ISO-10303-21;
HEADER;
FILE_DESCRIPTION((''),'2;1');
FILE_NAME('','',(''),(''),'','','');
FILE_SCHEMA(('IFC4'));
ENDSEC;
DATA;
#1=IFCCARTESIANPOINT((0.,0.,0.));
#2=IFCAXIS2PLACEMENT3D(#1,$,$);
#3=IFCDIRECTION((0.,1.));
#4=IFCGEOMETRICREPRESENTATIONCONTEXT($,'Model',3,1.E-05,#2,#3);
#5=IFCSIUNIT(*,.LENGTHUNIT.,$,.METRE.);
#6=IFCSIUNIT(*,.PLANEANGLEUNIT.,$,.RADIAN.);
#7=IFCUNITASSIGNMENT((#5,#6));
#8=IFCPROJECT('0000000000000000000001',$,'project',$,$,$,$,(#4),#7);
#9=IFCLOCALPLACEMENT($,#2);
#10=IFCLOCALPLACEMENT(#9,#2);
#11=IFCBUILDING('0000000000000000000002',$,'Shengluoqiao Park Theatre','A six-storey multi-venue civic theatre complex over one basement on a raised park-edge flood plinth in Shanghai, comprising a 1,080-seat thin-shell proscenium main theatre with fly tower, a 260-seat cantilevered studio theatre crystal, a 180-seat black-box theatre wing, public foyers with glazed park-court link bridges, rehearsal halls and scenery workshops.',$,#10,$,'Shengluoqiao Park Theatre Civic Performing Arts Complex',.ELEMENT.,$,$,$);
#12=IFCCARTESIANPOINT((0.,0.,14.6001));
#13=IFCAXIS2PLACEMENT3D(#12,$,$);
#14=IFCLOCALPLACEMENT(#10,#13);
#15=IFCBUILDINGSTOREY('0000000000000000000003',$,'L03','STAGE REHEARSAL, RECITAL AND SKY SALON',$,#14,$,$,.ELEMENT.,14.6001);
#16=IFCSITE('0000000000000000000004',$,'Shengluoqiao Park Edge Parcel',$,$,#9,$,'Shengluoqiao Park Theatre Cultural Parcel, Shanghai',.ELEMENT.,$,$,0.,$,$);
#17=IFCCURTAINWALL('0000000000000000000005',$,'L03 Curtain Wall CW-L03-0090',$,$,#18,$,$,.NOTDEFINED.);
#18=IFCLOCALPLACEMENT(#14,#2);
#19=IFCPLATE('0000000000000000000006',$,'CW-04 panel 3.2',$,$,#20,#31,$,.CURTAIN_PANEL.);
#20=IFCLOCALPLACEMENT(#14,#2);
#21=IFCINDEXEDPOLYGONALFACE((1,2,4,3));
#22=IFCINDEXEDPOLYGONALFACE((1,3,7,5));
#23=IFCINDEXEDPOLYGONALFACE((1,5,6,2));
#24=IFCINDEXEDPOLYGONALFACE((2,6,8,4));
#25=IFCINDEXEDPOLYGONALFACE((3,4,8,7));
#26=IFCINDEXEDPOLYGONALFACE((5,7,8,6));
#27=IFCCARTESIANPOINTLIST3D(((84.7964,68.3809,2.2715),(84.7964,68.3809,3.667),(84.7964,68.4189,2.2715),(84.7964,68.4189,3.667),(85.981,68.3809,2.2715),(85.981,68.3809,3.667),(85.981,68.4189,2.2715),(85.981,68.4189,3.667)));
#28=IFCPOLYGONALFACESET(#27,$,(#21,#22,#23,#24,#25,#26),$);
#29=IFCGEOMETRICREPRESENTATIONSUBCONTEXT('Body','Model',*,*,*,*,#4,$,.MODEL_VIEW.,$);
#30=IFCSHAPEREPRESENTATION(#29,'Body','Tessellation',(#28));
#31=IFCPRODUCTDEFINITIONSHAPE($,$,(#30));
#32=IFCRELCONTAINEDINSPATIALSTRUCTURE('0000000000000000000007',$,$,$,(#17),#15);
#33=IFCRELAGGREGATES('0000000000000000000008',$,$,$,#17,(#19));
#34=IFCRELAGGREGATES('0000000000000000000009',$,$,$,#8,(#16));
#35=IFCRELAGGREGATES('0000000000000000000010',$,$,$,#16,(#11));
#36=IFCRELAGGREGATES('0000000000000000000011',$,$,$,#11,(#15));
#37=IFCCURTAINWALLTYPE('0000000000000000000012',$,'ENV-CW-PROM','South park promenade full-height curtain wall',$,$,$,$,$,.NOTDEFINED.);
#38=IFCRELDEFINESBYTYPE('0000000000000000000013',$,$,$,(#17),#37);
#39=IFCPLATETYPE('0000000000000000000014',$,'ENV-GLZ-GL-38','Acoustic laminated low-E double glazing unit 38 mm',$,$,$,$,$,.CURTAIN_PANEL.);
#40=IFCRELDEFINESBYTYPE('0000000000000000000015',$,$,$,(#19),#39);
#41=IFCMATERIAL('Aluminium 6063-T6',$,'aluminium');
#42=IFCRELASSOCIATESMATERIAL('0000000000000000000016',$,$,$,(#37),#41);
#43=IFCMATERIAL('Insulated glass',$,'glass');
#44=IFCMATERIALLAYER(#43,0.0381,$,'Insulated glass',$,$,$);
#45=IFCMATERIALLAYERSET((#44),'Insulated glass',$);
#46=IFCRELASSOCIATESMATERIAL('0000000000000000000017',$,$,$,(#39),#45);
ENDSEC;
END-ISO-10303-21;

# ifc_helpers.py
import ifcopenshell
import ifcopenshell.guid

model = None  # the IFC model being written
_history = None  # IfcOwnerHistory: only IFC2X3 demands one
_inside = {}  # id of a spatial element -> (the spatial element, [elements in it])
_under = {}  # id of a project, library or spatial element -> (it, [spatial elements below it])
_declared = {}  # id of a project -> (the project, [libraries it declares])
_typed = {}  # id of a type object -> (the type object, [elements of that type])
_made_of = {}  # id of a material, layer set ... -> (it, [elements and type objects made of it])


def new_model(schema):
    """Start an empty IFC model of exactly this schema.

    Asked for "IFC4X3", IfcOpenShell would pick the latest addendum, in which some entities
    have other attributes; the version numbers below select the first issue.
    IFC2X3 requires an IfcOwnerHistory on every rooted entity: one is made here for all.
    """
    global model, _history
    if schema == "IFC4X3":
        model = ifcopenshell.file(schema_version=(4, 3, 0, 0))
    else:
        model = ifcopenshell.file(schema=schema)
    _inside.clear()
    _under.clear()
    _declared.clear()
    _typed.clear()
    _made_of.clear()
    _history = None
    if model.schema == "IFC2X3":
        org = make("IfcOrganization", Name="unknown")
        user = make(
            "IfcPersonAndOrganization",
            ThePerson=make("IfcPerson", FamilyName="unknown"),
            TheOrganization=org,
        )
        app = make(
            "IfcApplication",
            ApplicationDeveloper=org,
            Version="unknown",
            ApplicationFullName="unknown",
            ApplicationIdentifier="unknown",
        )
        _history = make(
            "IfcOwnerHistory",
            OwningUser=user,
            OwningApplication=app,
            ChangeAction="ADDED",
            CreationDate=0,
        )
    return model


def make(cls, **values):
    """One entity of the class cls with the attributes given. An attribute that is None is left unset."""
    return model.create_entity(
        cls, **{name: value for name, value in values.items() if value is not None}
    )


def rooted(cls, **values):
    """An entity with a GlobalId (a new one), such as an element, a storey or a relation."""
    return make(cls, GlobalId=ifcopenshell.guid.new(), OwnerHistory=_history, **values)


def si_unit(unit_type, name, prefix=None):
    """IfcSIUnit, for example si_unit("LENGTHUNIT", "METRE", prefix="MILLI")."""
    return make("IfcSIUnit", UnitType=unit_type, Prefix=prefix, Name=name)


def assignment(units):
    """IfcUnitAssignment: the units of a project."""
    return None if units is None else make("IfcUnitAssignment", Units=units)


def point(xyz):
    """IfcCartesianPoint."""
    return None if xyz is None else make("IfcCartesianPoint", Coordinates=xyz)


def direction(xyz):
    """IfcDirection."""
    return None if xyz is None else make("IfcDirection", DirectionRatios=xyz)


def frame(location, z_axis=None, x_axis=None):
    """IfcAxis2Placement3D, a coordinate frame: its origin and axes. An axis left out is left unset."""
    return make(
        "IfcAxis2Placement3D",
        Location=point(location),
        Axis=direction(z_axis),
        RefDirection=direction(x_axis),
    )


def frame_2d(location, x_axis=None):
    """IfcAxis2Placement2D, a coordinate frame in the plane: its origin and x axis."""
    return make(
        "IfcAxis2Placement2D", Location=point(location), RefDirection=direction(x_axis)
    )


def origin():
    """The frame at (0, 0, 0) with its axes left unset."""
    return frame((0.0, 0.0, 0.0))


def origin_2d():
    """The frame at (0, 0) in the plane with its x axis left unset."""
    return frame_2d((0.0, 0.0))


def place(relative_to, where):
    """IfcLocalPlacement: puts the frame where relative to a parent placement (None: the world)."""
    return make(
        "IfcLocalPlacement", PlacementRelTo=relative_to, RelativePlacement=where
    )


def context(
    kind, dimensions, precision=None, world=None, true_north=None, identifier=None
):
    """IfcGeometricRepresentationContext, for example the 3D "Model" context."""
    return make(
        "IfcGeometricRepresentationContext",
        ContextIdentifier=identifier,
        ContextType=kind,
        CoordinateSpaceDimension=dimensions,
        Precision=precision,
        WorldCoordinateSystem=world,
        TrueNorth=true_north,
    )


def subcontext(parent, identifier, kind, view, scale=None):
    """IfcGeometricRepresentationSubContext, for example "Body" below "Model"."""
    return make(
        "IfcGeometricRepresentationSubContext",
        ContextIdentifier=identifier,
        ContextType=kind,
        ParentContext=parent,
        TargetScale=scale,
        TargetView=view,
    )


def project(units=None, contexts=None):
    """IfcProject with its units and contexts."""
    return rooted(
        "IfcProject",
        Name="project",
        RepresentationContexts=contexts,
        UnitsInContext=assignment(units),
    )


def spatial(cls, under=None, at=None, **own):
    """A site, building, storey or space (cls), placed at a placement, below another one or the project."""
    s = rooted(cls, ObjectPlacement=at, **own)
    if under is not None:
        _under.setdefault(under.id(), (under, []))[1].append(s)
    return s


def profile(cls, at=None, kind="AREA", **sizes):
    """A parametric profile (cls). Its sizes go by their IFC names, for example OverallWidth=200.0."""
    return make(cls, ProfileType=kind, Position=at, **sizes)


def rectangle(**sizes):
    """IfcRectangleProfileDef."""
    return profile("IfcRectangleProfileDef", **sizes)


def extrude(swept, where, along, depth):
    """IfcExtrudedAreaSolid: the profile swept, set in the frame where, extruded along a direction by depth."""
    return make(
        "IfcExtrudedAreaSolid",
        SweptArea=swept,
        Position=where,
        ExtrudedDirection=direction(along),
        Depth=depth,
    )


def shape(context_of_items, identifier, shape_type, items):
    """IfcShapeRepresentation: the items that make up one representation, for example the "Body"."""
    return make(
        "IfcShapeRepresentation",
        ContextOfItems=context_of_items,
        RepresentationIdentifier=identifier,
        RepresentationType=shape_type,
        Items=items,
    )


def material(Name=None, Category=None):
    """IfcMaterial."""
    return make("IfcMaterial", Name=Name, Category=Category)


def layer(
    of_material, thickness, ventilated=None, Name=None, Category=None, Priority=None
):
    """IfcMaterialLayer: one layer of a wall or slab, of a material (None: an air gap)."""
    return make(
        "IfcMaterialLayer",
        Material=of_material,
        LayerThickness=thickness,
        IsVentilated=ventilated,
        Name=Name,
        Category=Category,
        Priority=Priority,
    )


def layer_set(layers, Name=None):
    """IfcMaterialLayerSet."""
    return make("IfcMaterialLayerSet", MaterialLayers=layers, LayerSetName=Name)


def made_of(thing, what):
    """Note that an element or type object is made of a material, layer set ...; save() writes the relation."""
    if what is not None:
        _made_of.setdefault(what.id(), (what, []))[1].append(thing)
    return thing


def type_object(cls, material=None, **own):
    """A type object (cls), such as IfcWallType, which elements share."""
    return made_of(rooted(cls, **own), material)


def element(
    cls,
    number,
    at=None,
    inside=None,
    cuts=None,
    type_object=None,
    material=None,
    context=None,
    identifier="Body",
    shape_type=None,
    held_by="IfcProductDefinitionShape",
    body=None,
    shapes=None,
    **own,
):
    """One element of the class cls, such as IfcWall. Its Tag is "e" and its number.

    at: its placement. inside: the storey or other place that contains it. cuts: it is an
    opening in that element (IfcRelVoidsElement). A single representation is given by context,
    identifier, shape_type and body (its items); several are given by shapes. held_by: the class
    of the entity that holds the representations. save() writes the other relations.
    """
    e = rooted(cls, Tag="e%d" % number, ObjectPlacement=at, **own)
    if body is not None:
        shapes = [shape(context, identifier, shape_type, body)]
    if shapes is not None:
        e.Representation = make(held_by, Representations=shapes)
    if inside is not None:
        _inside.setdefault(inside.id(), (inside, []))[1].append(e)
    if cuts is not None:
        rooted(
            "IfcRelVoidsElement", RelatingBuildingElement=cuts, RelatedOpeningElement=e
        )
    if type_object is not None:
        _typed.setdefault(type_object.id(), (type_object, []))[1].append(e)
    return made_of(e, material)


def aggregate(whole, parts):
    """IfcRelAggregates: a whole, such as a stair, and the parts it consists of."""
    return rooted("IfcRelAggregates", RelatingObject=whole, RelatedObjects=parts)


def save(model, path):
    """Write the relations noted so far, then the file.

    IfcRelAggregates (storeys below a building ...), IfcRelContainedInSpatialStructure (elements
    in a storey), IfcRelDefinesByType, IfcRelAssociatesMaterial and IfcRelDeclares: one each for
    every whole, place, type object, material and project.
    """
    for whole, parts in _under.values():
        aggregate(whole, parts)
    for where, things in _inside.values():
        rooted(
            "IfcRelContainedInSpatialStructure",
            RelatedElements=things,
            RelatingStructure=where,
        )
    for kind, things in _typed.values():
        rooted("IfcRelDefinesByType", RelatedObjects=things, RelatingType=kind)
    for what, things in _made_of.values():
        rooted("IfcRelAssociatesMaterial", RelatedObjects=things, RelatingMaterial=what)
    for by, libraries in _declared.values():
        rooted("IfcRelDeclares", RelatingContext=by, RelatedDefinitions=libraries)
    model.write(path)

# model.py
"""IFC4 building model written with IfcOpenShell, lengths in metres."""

from ifc_helpers import new_model, si_unit, direction, frame, origin, origin_2d, place, context, subcontext, project, spatial, rectangle, extrude, material, layer, layer_set, type_object, element, aggregate, save


model = new_model("IFC4")

# Units and contexts
model_context = context("Model", 3, precision=1e-05, world=origin(), true_north=direction((0.0, 1.0)))
body_context = subcontext(model_context, "Body", "Model", "MODEL_VIEW")
ifc_project = project(units=[si_unit("LENGTHUNIT", "METRE"), si_unit("PLANEANGLEUNIT", "RADIAN")], contexts=[model_context])

# Site, building, storey
site_placement = place(None, origin())
site = spatial("IfcSite", under=ifc_project, at=site_placement, Name="Shengluoqiao Park Edge Parcel", LongName="Shengluoqiao Park Theatre Cultural Parcel, Shanghai", CompositionType="ELEMENT", RefElevation=0.0)
building_placement = place(site_placement, origin())
building = spatial("IfcBuilding", under=site, at=building_placement, Name="Shengluoqiao Park Theatre", Description="A six-storey multi-venue civic theatre complex over one basement on a raised park-edge flood plinth in Shanghai, comprising a 1,080-seat thin-shell proscenium main theatre with fly tower, a 260-seat cantilevered studio theatre crystal, a 180-seat black-box theatre wing, public foyers with glazed park-court link bridges, rehearsal halls and scenery workshops.", LongName="Shengluoqiao Park Theatre Civic Performing Arts Complex", CompositionType="ELEMENT")
storey_placement = place(building_placement, frame((0.0, 0.0, 14.6001)))
storey = spatial("IfcBuildingStorey", under=building, at=storey_placement, Name="L03", Description="STAGE REHEARSAL, RECITAL AND SKY SALON", CompositionType="ELEMENT", Elevation=14.6001)

# Shared definitions
ifc_material_1 = material(Name="Aluminium 6063-T6", Category="aluminium")
curtain_wall_type = type_object("IfcCurtainWallType", Name="ENV-CW-PROM", Description="South park promenade full-height curtain wall", PredefinedType="NOTDEFINED", material=ifc_material_1)

# Curtain wall
curtain_wall_1_placement = place(storey_placement, origin())
curtain_wall_1 = element("IfcCurtainWall", 1, at=curtain_wall_1_placement, inside=storey, type_object=curtain_wall_type, Name="L03 Curtain Wall CW-L03-0090", PredefinedType="NOTDEFINED")

# Plate
ifc_material_2 = material(Name="Insulated glass", Category="glass")
ifc_layer = layer(ifc_material_2, 0.0381, Name="Insulated glass")
ifc_layer_set = layer_set([ifc_layer], Name="Insulated glass")
plate_type = type_object("IfcPlateType", Name="ENV-GLZ-GL-38", Description="Acoustic laminated low-E double glazing unit 38 mm", PredefinedType="CURTAIN_PANEL", material=ifc_layer_set)
plate_1_placement = place(storey_placement, frame((85.3887, 68.3999, 2.2715), z_axis=(0.0, 0.0, 1.0), x_axis=(1.0, 0.0, 0.0)))
plate_1 = element("IfcPlate", 2, at=plate_1_placement, type_object=plate_type, Name="CW-04 panel 3.2", PredefinedType="CURTAIN_PANEL", context=body_context, shape_type="SweptSolid", body=[
    extrude(rectangle(XDim=1.1846, YDim=0.0381, at=origin_2d()), origin(), (0.0, 0.0, 1.0), 1.3955),
])
aggregate(curtain_wall_1, [plate_1])

save(model, "model.ifc")
